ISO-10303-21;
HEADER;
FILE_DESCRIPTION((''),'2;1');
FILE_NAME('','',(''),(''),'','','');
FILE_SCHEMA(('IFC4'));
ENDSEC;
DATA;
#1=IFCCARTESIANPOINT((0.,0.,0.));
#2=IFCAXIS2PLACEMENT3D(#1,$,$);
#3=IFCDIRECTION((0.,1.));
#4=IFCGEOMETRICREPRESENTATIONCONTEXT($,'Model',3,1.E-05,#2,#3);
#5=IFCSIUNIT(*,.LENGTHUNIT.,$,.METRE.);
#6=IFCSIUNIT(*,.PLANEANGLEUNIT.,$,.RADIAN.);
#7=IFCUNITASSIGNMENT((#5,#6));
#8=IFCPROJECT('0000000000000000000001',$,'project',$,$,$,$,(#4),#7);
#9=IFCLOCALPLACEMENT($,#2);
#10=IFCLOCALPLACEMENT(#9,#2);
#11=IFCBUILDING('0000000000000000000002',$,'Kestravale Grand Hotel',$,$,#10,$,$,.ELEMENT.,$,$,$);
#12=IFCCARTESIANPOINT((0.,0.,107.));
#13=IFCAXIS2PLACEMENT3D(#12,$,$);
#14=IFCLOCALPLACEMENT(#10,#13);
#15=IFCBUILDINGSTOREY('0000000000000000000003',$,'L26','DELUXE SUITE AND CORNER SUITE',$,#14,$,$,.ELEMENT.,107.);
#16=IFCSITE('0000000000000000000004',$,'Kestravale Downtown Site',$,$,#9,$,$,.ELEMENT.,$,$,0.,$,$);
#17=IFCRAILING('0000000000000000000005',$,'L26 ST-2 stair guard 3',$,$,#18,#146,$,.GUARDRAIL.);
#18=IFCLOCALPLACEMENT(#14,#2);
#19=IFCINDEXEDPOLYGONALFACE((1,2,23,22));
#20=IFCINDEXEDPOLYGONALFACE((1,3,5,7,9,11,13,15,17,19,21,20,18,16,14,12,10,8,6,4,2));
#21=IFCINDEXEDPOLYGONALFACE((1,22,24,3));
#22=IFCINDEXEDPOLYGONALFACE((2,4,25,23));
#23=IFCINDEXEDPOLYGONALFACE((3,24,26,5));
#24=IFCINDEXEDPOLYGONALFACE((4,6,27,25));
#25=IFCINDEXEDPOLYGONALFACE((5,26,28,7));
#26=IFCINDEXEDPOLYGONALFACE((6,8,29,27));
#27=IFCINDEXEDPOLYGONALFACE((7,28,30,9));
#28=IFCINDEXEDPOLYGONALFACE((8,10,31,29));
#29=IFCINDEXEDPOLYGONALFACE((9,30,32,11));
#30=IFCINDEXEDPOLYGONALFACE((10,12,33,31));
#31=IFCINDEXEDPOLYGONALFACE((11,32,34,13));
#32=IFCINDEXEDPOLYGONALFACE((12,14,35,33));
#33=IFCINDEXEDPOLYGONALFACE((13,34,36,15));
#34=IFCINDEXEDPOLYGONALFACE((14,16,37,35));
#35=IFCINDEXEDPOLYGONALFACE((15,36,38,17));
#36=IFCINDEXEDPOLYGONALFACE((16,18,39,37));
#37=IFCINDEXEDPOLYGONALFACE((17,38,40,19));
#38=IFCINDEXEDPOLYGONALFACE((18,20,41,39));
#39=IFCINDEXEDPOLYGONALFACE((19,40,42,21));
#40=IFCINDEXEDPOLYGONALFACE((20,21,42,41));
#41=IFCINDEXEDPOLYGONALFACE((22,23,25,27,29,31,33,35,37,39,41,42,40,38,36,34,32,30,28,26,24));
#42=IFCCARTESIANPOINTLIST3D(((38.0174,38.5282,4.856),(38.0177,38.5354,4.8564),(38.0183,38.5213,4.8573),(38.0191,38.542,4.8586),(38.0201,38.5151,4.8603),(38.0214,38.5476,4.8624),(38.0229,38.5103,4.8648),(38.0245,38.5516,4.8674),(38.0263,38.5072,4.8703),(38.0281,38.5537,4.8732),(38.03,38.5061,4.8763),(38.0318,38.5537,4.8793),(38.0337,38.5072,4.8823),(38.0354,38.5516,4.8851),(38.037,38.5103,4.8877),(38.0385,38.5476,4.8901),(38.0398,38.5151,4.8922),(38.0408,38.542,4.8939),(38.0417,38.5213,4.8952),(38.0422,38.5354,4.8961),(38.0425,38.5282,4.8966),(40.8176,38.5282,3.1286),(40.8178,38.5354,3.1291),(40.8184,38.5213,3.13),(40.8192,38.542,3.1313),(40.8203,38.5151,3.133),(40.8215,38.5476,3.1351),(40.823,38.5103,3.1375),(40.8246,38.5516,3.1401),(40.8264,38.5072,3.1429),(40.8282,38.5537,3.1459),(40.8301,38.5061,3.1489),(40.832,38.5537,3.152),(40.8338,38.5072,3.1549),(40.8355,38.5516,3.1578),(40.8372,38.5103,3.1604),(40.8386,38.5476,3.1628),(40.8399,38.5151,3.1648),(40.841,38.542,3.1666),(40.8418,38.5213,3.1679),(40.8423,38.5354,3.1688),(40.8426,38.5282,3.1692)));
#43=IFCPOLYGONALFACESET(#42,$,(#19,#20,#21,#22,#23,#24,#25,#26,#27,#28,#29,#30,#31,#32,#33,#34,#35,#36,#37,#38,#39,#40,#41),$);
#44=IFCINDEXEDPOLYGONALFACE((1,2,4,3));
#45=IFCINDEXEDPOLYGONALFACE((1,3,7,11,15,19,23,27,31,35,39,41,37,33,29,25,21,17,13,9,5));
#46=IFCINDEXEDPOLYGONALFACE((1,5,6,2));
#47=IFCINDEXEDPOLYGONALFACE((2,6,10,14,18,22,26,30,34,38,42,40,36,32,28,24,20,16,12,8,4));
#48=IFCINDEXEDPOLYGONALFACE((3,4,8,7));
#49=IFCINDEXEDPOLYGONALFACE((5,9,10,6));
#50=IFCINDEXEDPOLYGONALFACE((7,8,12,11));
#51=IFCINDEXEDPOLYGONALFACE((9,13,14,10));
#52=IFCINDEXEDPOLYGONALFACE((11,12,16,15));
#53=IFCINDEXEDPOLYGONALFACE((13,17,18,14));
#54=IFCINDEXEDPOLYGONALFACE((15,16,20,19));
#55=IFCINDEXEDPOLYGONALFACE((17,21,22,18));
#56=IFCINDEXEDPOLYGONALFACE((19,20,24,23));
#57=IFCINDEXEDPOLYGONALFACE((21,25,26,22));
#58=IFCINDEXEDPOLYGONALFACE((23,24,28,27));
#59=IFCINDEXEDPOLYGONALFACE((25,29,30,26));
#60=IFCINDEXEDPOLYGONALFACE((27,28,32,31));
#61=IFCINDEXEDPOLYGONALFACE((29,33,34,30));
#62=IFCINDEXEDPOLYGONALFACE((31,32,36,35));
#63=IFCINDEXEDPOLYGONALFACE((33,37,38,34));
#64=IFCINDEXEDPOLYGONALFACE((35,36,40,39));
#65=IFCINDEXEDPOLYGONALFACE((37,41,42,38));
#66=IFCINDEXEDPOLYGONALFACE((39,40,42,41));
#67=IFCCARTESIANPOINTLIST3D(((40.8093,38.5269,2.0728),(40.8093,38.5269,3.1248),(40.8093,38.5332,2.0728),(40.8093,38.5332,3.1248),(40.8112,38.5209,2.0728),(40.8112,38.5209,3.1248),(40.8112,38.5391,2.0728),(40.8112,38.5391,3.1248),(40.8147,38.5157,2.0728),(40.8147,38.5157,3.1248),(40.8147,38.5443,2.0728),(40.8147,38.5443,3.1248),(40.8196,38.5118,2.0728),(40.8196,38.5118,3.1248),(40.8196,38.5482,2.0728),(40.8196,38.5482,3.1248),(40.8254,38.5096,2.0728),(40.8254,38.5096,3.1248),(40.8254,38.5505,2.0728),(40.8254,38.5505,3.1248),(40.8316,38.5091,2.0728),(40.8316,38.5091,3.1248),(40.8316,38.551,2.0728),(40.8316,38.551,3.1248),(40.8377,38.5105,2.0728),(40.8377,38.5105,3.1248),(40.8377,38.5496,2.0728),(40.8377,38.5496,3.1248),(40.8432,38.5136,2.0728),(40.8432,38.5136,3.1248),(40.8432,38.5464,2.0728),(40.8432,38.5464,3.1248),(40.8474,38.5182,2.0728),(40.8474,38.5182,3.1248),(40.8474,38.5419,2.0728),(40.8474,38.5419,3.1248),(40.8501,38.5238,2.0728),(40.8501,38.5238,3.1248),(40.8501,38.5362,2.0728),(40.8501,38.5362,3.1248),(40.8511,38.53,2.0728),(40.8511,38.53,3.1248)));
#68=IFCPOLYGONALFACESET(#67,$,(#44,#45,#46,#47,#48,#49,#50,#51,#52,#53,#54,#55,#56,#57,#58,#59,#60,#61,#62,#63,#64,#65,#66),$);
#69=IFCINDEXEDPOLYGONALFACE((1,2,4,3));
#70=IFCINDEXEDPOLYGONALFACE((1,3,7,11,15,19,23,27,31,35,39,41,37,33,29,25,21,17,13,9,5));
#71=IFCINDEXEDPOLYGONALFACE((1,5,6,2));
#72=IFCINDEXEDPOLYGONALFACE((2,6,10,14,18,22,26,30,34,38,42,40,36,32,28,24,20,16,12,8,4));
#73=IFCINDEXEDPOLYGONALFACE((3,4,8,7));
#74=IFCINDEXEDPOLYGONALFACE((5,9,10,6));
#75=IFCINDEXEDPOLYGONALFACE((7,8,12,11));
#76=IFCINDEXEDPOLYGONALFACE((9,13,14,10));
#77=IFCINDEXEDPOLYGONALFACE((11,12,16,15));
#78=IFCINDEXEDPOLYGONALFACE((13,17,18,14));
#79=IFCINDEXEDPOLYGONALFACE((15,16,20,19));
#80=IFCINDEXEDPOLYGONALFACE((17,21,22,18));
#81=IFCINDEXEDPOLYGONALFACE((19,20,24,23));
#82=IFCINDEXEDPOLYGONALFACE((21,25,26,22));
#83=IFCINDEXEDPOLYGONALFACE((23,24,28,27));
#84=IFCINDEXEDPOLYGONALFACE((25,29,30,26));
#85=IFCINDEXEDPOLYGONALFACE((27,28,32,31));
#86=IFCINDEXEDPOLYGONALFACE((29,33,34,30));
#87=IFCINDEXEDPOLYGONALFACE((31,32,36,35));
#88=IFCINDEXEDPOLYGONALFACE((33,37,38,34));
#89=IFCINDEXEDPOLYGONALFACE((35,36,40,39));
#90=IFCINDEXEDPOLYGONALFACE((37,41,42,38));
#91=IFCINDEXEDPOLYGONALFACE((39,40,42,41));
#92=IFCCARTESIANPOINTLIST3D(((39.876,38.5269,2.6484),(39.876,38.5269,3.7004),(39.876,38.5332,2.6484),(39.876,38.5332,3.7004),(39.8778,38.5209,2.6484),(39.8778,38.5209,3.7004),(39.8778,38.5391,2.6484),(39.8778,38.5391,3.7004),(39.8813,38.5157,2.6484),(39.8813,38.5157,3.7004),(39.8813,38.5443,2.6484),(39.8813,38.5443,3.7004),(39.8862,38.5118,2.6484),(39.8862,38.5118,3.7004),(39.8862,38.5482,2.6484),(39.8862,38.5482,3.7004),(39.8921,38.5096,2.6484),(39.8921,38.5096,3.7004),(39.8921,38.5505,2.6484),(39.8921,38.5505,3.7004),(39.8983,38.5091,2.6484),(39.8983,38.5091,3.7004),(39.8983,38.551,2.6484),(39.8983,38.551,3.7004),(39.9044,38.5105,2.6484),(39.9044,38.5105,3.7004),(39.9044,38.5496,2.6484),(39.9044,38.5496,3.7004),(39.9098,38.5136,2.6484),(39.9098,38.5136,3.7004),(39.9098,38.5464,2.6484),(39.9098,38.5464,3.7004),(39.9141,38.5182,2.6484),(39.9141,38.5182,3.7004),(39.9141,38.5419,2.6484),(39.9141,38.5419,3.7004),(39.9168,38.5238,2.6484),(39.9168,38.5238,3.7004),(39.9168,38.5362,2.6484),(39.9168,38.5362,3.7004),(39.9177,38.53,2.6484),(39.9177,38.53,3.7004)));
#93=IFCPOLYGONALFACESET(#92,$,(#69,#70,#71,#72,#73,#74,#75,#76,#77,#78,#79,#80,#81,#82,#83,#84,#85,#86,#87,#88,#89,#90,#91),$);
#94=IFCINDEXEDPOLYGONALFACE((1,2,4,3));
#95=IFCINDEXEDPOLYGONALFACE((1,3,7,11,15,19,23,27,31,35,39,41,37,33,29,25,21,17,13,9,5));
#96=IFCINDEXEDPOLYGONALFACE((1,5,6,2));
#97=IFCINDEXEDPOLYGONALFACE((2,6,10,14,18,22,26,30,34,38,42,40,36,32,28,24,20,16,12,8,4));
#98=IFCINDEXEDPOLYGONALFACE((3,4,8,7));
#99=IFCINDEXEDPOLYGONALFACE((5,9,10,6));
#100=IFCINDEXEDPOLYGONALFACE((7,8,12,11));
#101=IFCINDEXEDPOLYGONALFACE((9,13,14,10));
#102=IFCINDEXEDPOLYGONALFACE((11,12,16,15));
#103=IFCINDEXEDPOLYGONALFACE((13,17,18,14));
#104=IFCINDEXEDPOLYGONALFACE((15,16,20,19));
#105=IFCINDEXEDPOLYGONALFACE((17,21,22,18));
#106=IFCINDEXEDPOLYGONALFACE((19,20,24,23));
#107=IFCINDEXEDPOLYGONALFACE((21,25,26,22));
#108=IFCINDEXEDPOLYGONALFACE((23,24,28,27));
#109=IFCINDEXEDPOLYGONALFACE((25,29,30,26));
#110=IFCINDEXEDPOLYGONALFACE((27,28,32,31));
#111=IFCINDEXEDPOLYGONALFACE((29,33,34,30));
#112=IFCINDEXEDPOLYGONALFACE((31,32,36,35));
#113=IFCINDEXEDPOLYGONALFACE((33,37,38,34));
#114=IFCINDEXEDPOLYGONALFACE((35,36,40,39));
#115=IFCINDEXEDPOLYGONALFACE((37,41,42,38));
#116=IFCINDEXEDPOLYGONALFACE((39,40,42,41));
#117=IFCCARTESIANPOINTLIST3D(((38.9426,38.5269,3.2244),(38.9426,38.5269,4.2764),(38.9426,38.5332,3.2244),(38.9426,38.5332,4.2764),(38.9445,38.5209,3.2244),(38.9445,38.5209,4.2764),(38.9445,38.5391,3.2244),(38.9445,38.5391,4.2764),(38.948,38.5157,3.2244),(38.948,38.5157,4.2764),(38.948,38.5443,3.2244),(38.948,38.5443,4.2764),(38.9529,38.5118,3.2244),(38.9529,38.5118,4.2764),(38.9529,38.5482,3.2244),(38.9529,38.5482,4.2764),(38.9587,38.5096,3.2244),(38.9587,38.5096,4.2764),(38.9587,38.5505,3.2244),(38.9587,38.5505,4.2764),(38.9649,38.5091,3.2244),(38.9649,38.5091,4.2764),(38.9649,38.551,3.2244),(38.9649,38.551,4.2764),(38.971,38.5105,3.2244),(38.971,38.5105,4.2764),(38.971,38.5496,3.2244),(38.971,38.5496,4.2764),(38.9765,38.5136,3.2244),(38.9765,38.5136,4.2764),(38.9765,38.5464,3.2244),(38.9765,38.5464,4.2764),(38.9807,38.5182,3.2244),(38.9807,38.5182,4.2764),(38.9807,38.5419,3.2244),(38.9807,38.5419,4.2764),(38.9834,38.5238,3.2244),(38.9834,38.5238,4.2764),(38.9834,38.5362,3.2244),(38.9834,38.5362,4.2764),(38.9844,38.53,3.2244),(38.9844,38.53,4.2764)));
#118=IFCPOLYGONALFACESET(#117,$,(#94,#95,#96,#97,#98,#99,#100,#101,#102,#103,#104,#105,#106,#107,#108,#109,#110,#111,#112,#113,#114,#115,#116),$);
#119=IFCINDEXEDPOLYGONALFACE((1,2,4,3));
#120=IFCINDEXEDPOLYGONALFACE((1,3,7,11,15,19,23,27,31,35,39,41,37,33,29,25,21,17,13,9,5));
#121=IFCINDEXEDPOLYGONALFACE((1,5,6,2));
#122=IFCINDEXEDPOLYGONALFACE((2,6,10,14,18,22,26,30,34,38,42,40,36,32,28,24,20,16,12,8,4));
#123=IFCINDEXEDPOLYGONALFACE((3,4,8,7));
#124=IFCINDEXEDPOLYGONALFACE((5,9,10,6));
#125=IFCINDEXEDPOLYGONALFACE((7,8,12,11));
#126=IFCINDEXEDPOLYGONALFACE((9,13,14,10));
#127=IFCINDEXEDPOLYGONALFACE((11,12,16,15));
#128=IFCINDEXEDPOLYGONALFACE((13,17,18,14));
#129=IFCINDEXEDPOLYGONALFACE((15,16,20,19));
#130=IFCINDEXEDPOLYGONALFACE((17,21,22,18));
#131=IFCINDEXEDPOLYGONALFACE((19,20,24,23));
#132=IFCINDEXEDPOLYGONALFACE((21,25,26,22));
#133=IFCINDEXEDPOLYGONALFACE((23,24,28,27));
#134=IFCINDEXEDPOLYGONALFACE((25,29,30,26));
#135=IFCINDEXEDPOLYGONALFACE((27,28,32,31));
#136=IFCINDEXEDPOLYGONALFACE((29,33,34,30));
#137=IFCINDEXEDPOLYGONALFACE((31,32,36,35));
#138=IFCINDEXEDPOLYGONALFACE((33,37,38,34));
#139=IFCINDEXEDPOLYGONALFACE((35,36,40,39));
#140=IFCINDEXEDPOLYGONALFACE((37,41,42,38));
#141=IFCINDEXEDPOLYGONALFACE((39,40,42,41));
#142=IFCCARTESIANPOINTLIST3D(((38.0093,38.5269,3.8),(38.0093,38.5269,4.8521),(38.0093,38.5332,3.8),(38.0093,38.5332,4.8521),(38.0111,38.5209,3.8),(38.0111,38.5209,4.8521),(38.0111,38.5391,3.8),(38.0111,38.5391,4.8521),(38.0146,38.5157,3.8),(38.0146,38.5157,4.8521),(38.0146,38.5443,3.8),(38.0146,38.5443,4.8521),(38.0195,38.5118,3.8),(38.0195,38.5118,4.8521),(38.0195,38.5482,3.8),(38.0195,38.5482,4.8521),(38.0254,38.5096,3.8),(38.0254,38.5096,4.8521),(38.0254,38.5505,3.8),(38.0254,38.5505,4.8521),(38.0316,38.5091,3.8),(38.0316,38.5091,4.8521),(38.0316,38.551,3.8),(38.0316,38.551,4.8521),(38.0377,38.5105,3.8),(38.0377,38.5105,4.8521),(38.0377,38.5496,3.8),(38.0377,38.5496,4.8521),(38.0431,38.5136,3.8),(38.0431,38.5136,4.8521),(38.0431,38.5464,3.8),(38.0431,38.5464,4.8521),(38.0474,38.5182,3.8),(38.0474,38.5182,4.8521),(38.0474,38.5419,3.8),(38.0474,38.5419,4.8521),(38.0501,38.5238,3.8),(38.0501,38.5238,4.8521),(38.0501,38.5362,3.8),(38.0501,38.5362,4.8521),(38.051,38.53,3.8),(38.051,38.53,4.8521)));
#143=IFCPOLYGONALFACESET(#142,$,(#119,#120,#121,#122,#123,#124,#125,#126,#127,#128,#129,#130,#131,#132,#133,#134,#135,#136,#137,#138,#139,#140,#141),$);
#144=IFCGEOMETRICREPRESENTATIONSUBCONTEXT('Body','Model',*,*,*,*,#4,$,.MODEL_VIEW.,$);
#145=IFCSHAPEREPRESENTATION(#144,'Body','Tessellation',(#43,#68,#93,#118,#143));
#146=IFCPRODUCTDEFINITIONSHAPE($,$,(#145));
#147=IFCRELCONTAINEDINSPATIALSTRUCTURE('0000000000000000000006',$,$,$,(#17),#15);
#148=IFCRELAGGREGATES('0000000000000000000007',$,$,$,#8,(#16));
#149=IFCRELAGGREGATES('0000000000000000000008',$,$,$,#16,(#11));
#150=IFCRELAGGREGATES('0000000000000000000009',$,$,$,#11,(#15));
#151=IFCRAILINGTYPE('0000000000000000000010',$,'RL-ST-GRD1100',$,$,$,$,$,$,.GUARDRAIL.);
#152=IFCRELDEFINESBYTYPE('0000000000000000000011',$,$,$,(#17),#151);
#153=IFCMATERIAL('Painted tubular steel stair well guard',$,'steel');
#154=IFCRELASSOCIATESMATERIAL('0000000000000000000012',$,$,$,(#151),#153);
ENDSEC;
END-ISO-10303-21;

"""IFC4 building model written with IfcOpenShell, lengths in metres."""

from ifc_helpers import new_model, si_unit, direction, frame, origin, origin_2d, place, context, subcontext, project, spatial, circle, extrude, material, type_object, element, save


model = new_model("IFC4")

# Units and contexts
model_context = context("Model", 3, precision=1e-05, world=origin(), true_north=direction((0.0, 1.0)))
body_context = subcontext(model_context, "Body", "Model", "MODEL_VIEW")
ifc_project = project(units=[si_unit("LENGTHUNIT", "METRE"), si_unit("PLANEANGLEUNIT", "RADIAN")], contexts=[model_context])

# Site, building, storey
site_placement = place(None, origin())
site = spatial("IfcSite", under=ifc_project, at=site_placement, Name="Kestravale Downtown Site", CompositionType="ELEMENT", RefElevation=0.0)
building_placement = place(site_placement, origin())
building = spatial("IfcBuilding", under=site, at=building_placement, Name="Kestravale Grand Hotel", CompositionType="ELEMENT")
storey_placement = place(building_placement, frame((0.0, 0.0, 107.0)))
storey = spatial("IfcBuildingStorey", under=building, at=storey_placement, Name="L26", Description="DELUXE SUITE AND CORNER SUITE", CompositionType="ELEMENT", Elevation=107.0)

# Railing
ifc_material_1 = material(Name="Painted tubular steel stair well guard", Category="steel")
railing_type_1 = type_object("IfcRailingType", Name="RL-ST-GRD1100", PredefinedType="GUARDRAIL", material=ifc_material_1)
railing_1_placement = place(storey_placement, frame((40.8301, 38.53, 2.0728)))
element("IfcRailing", 1, at=railing_1_placement, inside=storey, type_object=railing_type_1, Name="L26 ST-2 stair guard 3", PredefinedType="GUARDRAIL", context=body_context, shape_type="SweptSolid", body=[
    extrude(circle(Radius=0.0239, at=origin_2d()), frame((0.0, 0.0, 1.0762), z_axis=(-0.85109, 0.0, 0.52502), x_axis=(0.0, -1.0, 0.0)), (0.0, 0.0, 1.0), 3.29),
    extrude(circle(Radius=0.021, at=origin_2d()), origin(), (0.0, 0.0, 1.0), 1.052),
    extrude(circle(Radius=0.021, at=origin_2d()), frame((-0.9333, 0.0, 0.5757)), (0.0, 0.0, 1.0), 1.052),
    extrude(circle(Radius=0.021, at=origin_2d()), frame((-1.8667, 0.0, 1.1516)), (0.0, 0.0, 1.0), 1.052),
    extrude(circle(Radius=0.021, at=origin_2d()), frame((-2.8, 0.0, 1.7273)), (0.0, 0.0, 1.0), 1.052),
])

save(model, "model.ifc")
